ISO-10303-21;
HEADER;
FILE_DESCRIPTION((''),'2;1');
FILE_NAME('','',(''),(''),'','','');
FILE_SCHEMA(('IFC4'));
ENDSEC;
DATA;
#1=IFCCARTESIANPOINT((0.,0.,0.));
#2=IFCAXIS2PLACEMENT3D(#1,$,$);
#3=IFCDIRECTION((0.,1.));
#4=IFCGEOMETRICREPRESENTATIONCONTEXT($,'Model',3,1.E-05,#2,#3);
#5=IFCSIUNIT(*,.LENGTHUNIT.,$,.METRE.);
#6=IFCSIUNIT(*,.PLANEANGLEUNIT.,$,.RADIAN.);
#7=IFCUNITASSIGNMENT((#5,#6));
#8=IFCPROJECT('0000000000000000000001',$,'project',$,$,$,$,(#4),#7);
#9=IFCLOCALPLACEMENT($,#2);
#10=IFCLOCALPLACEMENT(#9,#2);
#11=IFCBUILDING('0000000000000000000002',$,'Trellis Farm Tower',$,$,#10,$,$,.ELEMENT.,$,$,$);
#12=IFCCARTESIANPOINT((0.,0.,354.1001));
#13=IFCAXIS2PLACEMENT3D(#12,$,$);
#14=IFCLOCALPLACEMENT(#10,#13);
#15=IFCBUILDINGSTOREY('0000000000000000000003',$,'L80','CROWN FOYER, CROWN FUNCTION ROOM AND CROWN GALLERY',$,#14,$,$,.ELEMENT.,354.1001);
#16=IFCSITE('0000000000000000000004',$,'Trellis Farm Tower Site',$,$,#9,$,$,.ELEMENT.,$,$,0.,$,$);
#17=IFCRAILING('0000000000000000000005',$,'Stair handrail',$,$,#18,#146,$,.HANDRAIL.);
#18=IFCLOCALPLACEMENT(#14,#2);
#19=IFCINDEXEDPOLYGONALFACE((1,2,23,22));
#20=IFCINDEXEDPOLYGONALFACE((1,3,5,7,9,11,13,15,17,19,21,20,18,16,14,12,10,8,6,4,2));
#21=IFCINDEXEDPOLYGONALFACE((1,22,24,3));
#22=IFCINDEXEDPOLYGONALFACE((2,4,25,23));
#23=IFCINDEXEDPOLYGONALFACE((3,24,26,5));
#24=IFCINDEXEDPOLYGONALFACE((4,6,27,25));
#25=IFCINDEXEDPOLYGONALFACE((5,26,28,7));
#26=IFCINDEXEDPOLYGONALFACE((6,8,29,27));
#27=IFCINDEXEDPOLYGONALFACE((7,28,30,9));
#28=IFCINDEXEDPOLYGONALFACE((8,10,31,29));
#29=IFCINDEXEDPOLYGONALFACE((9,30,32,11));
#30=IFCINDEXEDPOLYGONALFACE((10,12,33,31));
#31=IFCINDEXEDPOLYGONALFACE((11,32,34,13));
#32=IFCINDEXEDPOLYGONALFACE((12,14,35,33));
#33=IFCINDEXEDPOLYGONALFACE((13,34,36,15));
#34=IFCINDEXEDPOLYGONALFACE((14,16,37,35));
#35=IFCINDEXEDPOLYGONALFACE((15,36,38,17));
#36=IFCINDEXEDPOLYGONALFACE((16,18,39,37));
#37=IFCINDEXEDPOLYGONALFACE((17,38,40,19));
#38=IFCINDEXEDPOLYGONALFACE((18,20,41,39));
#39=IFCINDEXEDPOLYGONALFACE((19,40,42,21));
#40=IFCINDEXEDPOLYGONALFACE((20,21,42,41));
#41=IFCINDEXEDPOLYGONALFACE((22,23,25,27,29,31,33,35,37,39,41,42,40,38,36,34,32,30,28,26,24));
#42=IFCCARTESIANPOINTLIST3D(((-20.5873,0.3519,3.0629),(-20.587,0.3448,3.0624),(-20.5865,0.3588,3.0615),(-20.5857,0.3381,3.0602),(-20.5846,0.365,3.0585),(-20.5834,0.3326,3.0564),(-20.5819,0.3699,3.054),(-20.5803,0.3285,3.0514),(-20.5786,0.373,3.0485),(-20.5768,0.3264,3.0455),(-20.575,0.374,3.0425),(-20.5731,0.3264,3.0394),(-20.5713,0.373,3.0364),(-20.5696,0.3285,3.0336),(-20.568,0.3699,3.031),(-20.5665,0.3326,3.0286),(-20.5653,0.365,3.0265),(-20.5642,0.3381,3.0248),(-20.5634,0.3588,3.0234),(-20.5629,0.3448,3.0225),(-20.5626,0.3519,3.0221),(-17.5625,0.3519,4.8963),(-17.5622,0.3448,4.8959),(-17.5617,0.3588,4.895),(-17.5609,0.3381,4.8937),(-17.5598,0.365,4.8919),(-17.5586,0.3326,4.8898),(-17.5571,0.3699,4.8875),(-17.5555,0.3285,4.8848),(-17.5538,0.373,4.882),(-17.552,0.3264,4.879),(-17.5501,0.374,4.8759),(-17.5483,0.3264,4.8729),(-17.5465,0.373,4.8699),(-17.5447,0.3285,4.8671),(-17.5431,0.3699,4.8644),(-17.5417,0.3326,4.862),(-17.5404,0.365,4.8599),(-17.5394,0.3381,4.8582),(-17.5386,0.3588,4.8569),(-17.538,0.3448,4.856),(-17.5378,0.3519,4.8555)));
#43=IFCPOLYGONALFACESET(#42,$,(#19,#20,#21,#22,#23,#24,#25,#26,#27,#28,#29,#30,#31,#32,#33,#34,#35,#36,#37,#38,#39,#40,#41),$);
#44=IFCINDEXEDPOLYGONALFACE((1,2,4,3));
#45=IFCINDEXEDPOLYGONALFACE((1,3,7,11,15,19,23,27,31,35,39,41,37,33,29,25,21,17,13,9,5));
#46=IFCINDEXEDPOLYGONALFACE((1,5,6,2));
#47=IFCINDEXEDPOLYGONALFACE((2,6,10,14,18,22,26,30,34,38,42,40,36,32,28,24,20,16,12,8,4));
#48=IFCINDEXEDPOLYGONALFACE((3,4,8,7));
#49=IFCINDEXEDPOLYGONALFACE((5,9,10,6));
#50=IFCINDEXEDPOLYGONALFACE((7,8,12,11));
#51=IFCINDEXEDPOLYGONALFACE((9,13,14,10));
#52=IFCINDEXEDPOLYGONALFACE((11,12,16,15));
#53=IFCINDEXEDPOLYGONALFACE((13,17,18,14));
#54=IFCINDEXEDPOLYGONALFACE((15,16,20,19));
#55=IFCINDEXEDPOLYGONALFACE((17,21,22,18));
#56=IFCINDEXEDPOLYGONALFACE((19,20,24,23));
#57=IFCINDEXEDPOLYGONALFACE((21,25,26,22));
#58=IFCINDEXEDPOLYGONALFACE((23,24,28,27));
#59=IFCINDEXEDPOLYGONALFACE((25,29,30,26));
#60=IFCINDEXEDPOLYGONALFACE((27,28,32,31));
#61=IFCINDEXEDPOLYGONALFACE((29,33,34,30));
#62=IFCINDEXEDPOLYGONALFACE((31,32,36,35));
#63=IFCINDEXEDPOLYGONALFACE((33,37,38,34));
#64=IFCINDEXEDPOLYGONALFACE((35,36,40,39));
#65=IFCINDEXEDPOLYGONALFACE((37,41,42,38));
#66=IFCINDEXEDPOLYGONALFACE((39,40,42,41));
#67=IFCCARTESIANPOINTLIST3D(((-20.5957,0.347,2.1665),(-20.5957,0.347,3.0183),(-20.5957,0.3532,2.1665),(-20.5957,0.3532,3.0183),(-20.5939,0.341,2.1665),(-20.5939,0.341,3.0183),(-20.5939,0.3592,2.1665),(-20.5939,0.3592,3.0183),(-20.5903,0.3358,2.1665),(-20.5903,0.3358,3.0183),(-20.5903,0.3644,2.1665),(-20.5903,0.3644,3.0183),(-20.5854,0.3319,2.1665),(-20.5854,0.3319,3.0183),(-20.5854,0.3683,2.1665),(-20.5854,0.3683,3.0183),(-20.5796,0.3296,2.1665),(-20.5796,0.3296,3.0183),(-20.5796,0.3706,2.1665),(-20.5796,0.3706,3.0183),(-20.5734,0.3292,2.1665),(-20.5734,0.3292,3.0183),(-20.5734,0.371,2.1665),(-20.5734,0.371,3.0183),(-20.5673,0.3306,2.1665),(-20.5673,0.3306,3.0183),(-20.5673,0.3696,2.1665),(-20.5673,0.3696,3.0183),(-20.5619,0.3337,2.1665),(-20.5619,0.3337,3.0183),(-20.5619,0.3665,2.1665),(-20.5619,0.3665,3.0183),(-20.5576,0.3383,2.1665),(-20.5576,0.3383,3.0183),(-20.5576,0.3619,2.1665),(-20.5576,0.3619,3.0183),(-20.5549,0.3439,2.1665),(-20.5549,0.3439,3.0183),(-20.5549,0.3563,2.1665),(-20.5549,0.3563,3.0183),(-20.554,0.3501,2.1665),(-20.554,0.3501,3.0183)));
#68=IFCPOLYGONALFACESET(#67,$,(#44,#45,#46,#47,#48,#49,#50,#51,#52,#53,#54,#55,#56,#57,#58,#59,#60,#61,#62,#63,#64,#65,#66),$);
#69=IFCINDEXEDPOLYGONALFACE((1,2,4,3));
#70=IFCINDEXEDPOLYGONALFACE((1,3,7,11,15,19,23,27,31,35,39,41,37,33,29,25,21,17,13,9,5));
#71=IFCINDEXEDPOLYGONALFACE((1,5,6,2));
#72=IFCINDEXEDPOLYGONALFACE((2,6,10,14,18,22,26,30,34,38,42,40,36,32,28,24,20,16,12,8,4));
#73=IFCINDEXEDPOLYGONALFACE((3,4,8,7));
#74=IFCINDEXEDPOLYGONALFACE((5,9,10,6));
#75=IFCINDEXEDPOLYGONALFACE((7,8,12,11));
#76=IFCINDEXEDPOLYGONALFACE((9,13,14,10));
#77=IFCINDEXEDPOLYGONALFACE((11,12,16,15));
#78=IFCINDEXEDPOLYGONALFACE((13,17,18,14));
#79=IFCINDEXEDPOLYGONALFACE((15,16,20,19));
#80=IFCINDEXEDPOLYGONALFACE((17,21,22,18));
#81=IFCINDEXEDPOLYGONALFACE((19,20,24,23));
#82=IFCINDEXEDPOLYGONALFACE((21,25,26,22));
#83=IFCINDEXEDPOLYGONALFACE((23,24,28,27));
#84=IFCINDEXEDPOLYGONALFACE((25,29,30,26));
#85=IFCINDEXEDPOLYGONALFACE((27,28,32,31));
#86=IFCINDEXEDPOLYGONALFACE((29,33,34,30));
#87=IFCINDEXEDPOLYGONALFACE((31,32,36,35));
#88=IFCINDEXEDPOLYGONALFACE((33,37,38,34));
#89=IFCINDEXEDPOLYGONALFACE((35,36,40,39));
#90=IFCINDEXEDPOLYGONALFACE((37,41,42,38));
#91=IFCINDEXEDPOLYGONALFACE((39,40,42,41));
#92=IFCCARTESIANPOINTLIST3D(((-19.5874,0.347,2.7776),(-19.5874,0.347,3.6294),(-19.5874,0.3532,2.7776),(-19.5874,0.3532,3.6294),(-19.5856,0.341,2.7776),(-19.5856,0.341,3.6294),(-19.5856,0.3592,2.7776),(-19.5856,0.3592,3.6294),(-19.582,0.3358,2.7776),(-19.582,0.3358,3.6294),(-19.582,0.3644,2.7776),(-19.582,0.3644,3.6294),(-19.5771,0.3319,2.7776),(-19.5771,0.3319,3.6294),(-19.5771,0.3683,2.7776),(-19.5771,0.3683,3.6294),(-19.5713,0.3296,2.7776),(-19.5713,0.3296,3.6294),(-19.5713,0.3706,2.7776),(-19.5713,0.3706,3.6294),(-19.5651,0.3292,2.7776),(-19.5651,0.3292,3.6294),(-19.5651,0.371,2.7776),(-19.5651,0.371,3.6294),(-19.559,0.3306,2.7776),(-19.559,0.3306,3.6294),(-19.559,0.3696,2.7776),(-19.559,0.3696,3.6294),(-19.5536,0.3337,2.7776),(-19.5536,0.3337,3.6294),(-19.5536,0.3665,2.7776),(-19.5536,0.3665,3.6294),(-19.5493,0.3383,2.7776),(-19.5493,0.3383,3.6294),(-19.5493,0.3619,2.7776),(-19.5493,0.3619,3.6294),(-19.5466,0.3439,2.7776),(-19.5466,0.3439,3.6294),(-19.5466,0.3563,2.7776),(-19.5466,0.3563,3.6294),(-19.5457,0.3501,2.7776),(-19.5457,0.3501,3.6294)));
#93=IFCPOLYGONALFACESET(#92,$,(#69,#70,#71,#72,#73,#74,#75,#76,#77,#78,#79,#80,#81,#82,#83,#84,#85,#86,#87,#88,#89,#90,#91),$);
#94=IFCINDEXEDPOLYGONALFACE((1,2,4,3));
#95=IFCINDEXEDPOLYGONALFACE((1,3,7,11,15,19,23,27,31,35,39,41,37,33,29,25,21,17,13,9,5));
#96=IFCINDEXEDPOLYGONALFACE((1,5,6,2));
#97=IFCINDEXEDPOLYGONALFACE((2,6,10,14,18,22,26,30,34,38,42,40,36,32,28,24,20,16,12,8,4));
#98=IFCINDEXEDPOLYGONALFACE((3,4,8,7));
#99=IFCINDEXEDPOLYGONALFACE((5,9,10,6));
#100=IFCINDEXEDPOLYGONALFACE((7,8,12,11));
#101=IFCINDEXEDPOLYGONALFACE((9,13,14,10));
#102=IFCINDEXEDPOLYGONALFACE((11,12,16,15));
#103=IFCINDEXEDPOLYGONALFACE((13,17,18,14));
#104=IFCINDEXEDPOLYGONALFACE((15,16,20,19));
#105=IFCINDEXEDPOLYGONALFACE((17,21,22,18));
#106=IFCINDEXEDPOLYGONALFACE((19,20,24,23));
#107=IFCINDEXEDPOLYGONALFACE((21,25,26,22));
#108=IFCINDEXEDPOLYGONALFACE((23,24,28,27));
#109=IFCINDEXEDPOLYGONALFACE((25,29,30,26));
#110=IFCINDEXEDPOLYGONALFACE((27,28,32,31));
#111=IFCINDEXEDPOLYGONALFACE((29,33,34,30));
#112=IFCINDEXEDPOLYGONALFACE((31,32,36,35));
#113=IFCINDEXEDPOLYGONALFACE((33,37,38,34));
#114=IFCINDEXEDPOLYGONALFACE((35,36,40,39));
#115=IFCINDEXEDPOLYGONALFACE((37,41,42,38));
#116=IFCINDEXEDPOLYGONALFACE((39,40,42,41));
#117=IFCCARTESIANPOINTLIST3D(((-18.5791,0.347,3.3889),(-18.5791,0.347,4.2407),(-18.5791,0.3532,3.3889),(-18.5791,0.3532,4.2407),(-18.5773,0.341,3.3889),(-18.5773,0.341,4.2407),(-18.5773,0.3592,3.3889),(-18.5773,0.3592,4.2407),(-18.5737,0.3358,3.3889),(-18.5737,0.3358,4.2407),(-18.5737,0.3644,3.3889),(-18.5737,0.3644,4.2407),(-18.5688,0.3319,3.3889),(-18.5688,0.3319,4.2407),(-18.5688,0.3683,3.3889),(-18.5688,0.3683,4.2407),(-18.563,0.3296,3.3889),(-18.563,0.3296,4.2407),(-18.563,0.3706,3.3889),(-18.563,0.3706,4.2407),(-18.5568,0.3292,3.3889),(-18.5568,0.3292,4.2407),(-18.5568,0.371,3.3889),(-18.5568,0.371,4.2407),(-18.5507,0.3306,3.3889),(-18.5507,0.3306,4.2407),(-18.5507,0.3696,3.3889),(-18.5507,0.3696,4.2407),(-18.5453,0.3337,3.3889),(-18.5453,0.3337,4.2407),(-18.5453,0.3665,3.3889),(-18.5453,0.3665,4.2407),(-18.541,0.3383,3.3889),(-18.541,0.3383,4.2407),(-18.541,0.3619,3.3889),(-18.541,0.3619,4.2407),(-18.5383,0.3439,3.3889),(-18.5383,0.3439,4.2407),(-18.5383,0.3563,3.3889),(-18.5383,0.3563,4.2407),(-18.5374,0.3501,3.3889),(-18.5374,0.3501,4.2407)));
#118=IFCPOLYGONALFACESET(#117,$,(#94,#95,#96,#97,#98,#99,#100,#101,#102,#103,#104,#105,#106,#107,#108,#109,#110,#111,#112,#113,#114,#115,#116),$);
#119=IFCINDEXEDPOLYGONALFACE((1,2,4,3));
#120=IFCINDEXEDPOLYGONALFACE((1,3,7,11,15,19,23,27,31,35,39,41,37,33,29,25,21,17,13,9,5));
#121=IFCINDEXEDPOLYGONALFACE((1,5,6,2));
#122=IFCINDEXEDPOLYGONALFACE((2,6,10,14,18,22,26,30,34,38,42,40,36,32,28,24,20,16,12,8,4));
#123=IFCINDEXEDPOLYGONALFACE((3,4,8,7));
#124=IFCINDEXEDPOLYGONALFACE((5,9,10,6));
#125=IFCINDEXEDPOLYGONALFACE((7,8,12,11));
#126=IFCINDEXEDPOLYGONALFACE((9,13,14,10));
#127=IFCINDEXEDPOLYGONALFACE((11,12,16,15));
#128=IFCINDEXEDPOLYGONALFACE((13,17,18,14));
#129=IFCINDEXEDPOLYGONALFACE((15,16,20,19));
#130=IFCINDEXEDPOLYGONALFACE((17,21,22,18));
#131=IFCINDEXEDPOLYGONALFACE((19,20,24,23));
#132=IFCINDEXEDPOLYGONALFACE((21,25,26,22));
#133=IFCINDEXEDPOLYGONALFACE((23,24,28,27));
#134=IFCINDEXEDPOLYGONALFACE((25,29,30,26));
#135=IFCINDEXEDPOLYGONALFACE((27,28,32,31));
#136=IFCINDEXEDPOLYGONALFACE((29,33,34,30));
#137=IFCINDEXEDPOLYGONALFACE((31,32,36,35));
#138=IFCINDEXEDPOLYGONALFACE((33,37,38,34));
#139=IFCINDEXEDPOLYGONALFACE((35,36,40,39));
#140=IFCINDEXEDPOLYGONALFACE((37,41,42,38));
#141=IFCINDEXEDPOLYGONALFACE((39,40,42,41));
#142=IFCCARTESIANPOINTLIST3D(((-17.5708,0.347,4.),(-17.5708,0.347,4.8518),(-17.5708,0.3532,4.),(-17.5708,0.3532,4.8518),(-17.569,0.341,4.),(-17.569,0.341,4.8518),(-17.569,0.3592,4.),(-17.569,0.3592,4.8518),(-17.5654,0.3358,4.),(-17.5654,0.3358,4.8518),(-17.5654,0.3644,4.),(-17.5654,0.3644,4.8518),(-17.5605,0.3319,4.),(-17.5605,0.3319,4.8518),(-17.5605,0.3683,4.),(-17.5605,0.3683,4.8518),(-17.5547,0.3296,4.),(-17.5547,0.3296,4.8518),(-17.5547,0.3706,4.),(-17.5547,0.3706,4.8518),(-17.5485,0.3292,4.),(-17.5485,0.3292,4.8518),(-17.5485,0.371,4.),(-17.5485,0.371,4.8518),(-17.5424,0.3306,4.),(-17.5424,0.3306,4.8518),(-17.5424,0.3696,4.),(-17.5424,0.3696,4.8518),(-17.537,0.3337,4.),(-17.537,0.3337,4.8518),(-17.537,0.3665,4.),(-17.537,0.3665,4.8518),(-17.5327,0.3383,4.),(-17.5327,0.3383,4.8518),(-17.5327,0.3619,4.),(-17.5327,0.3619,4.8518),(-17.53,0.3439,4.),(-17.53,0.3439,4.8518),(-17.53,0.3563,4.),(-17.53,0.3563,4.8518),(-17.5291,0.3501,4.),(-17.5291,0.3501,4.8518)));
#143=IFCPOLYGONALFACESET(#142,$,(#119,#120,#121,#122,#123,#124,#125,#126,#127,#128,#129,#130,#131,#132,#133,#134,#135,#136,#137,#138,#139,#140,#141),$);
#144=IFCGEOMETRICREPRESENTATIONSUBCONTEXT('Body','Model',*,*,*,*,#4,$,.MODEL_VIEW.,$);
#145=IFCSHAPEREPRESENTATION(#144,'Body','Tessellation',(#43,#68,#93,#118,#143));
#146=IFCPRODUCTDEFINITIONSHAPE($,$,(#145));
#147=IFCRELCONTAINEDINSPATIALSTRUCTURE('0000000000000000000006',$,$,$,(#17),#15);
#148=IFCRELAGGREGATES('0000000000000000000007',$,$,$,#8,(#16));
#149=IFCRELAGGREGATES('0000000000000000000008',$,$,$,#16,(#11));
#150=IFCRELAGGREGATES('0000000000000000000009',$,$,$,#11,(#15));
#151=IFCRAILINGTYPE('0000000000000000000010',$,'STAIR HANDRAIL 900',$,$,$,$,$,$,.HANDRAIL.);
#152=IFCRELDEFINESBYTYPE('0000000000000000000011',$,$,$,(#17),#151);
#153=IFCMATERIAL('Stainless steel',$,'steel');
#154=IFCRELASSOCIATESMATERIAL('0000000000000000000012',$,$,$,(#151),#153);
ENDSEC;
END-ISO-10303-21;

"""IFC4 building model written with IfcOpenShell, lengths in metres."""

from ifc_helpers import new_model, si_unit, direction, frame, origin, origin_2d, place, context, subcontext, project, spatial, circle, extrude, source, transform, mapped, material, type_object, element, save


model = new_model("IFC4")

# Units and contexts
model_context = context("Model", 3, precision=1e-05, world=origin(), true_north=direction((0.0, 1.0)))
body_context = subcontext(model_context, "Body", "Model", "MODEL_VIEW")
ifc_project = project(units=[si_unit("LENGTHUNIT", "METRE"), si_unit("PLANEANGLEUNIT", "RADIAN")], contexts=[model_context])

# Site, building, storey
site_placement = place(None, origin())
site = spatial("IfcSite", under=ifc_project, at=site_placement, Name="Trellis Farm Tower Site", CompositionType="ELEMENT", RefElevation=0.0)
building_placement = place(site_placement, origin())
building = spatial("IfcBuilding", under=site, at=building_placement, Name="Trellis Farm Tower", CompositionType="ELEMENT")
storey_placement = place(building_placement, frame((0.0, 0.0, 354.1001)))
storey = spatial("IfcBuildingStorey", under=building, at=storey_placement, Name="L80", Description="CROWN FOYER, CROWN FUNCTION ROOM AND CROWN GALLERY", CompositionType="ELEMENT", Elevation=354.1001)

# Railing
ifc_material_1 = material(Name="Stainless steel", Category="steel")
railing_type_1 = type_object("IfcRailingType", Name="STAIR HANDRAIL 900", PredefinedType="HANDRAIL", material=ifc_material_1)
shared_shape_1 = source(origin(), body_context, "Body", "SweptSolid", [
    extrude(circle(Radius=0.0239, at=origin_2d()), frame((0.0, 0.0, 0.876), z_axis=(0.85517, 0.0, 0.518348), x_axis=(0.0, 1.0, 0.0)), (0.0, 0.0, 1.0), 3.5371),
    extrude(circle(Radius=0.021, at=origin_2d()), origin(), (0.0, 0.0, 1.0), 0.8518),
    extrude(circle(Radius=0.021, at=origin_2d()), frame((1.0083, 0.0, 0.6111)), (0.0, 0.0, 1.0), 0.8518),
    extrude(circle(Radius=0.021, at=origin_2d()), frame((2.0166, 0.0, 1.2224)), (0.0, 0.0, 1.0), 0.8518),
    extrude(circle(Radius=0.021, at=origin_2d()), frame((3.0249, 0.0, 1.8335)), (0.0, 0.0, 1.0), 0.8518),
])
for number, where, name in (
    (1, (-20.575, 0.3501, 2.1665), "Stair handrail"),
):
    element("IfcRailing", number, at=place(storey_placement, frame(where)), inside=storey, type_object=railing_type_1, Name=name, PredefinedType="HANDRAIL", context=body_context, shape_type="MappedRepresentation", body=[
        mapped(shared_shape_1, transform((0.0, 0.0, 0.0))),
    ])

save(model, "model.ifc")
